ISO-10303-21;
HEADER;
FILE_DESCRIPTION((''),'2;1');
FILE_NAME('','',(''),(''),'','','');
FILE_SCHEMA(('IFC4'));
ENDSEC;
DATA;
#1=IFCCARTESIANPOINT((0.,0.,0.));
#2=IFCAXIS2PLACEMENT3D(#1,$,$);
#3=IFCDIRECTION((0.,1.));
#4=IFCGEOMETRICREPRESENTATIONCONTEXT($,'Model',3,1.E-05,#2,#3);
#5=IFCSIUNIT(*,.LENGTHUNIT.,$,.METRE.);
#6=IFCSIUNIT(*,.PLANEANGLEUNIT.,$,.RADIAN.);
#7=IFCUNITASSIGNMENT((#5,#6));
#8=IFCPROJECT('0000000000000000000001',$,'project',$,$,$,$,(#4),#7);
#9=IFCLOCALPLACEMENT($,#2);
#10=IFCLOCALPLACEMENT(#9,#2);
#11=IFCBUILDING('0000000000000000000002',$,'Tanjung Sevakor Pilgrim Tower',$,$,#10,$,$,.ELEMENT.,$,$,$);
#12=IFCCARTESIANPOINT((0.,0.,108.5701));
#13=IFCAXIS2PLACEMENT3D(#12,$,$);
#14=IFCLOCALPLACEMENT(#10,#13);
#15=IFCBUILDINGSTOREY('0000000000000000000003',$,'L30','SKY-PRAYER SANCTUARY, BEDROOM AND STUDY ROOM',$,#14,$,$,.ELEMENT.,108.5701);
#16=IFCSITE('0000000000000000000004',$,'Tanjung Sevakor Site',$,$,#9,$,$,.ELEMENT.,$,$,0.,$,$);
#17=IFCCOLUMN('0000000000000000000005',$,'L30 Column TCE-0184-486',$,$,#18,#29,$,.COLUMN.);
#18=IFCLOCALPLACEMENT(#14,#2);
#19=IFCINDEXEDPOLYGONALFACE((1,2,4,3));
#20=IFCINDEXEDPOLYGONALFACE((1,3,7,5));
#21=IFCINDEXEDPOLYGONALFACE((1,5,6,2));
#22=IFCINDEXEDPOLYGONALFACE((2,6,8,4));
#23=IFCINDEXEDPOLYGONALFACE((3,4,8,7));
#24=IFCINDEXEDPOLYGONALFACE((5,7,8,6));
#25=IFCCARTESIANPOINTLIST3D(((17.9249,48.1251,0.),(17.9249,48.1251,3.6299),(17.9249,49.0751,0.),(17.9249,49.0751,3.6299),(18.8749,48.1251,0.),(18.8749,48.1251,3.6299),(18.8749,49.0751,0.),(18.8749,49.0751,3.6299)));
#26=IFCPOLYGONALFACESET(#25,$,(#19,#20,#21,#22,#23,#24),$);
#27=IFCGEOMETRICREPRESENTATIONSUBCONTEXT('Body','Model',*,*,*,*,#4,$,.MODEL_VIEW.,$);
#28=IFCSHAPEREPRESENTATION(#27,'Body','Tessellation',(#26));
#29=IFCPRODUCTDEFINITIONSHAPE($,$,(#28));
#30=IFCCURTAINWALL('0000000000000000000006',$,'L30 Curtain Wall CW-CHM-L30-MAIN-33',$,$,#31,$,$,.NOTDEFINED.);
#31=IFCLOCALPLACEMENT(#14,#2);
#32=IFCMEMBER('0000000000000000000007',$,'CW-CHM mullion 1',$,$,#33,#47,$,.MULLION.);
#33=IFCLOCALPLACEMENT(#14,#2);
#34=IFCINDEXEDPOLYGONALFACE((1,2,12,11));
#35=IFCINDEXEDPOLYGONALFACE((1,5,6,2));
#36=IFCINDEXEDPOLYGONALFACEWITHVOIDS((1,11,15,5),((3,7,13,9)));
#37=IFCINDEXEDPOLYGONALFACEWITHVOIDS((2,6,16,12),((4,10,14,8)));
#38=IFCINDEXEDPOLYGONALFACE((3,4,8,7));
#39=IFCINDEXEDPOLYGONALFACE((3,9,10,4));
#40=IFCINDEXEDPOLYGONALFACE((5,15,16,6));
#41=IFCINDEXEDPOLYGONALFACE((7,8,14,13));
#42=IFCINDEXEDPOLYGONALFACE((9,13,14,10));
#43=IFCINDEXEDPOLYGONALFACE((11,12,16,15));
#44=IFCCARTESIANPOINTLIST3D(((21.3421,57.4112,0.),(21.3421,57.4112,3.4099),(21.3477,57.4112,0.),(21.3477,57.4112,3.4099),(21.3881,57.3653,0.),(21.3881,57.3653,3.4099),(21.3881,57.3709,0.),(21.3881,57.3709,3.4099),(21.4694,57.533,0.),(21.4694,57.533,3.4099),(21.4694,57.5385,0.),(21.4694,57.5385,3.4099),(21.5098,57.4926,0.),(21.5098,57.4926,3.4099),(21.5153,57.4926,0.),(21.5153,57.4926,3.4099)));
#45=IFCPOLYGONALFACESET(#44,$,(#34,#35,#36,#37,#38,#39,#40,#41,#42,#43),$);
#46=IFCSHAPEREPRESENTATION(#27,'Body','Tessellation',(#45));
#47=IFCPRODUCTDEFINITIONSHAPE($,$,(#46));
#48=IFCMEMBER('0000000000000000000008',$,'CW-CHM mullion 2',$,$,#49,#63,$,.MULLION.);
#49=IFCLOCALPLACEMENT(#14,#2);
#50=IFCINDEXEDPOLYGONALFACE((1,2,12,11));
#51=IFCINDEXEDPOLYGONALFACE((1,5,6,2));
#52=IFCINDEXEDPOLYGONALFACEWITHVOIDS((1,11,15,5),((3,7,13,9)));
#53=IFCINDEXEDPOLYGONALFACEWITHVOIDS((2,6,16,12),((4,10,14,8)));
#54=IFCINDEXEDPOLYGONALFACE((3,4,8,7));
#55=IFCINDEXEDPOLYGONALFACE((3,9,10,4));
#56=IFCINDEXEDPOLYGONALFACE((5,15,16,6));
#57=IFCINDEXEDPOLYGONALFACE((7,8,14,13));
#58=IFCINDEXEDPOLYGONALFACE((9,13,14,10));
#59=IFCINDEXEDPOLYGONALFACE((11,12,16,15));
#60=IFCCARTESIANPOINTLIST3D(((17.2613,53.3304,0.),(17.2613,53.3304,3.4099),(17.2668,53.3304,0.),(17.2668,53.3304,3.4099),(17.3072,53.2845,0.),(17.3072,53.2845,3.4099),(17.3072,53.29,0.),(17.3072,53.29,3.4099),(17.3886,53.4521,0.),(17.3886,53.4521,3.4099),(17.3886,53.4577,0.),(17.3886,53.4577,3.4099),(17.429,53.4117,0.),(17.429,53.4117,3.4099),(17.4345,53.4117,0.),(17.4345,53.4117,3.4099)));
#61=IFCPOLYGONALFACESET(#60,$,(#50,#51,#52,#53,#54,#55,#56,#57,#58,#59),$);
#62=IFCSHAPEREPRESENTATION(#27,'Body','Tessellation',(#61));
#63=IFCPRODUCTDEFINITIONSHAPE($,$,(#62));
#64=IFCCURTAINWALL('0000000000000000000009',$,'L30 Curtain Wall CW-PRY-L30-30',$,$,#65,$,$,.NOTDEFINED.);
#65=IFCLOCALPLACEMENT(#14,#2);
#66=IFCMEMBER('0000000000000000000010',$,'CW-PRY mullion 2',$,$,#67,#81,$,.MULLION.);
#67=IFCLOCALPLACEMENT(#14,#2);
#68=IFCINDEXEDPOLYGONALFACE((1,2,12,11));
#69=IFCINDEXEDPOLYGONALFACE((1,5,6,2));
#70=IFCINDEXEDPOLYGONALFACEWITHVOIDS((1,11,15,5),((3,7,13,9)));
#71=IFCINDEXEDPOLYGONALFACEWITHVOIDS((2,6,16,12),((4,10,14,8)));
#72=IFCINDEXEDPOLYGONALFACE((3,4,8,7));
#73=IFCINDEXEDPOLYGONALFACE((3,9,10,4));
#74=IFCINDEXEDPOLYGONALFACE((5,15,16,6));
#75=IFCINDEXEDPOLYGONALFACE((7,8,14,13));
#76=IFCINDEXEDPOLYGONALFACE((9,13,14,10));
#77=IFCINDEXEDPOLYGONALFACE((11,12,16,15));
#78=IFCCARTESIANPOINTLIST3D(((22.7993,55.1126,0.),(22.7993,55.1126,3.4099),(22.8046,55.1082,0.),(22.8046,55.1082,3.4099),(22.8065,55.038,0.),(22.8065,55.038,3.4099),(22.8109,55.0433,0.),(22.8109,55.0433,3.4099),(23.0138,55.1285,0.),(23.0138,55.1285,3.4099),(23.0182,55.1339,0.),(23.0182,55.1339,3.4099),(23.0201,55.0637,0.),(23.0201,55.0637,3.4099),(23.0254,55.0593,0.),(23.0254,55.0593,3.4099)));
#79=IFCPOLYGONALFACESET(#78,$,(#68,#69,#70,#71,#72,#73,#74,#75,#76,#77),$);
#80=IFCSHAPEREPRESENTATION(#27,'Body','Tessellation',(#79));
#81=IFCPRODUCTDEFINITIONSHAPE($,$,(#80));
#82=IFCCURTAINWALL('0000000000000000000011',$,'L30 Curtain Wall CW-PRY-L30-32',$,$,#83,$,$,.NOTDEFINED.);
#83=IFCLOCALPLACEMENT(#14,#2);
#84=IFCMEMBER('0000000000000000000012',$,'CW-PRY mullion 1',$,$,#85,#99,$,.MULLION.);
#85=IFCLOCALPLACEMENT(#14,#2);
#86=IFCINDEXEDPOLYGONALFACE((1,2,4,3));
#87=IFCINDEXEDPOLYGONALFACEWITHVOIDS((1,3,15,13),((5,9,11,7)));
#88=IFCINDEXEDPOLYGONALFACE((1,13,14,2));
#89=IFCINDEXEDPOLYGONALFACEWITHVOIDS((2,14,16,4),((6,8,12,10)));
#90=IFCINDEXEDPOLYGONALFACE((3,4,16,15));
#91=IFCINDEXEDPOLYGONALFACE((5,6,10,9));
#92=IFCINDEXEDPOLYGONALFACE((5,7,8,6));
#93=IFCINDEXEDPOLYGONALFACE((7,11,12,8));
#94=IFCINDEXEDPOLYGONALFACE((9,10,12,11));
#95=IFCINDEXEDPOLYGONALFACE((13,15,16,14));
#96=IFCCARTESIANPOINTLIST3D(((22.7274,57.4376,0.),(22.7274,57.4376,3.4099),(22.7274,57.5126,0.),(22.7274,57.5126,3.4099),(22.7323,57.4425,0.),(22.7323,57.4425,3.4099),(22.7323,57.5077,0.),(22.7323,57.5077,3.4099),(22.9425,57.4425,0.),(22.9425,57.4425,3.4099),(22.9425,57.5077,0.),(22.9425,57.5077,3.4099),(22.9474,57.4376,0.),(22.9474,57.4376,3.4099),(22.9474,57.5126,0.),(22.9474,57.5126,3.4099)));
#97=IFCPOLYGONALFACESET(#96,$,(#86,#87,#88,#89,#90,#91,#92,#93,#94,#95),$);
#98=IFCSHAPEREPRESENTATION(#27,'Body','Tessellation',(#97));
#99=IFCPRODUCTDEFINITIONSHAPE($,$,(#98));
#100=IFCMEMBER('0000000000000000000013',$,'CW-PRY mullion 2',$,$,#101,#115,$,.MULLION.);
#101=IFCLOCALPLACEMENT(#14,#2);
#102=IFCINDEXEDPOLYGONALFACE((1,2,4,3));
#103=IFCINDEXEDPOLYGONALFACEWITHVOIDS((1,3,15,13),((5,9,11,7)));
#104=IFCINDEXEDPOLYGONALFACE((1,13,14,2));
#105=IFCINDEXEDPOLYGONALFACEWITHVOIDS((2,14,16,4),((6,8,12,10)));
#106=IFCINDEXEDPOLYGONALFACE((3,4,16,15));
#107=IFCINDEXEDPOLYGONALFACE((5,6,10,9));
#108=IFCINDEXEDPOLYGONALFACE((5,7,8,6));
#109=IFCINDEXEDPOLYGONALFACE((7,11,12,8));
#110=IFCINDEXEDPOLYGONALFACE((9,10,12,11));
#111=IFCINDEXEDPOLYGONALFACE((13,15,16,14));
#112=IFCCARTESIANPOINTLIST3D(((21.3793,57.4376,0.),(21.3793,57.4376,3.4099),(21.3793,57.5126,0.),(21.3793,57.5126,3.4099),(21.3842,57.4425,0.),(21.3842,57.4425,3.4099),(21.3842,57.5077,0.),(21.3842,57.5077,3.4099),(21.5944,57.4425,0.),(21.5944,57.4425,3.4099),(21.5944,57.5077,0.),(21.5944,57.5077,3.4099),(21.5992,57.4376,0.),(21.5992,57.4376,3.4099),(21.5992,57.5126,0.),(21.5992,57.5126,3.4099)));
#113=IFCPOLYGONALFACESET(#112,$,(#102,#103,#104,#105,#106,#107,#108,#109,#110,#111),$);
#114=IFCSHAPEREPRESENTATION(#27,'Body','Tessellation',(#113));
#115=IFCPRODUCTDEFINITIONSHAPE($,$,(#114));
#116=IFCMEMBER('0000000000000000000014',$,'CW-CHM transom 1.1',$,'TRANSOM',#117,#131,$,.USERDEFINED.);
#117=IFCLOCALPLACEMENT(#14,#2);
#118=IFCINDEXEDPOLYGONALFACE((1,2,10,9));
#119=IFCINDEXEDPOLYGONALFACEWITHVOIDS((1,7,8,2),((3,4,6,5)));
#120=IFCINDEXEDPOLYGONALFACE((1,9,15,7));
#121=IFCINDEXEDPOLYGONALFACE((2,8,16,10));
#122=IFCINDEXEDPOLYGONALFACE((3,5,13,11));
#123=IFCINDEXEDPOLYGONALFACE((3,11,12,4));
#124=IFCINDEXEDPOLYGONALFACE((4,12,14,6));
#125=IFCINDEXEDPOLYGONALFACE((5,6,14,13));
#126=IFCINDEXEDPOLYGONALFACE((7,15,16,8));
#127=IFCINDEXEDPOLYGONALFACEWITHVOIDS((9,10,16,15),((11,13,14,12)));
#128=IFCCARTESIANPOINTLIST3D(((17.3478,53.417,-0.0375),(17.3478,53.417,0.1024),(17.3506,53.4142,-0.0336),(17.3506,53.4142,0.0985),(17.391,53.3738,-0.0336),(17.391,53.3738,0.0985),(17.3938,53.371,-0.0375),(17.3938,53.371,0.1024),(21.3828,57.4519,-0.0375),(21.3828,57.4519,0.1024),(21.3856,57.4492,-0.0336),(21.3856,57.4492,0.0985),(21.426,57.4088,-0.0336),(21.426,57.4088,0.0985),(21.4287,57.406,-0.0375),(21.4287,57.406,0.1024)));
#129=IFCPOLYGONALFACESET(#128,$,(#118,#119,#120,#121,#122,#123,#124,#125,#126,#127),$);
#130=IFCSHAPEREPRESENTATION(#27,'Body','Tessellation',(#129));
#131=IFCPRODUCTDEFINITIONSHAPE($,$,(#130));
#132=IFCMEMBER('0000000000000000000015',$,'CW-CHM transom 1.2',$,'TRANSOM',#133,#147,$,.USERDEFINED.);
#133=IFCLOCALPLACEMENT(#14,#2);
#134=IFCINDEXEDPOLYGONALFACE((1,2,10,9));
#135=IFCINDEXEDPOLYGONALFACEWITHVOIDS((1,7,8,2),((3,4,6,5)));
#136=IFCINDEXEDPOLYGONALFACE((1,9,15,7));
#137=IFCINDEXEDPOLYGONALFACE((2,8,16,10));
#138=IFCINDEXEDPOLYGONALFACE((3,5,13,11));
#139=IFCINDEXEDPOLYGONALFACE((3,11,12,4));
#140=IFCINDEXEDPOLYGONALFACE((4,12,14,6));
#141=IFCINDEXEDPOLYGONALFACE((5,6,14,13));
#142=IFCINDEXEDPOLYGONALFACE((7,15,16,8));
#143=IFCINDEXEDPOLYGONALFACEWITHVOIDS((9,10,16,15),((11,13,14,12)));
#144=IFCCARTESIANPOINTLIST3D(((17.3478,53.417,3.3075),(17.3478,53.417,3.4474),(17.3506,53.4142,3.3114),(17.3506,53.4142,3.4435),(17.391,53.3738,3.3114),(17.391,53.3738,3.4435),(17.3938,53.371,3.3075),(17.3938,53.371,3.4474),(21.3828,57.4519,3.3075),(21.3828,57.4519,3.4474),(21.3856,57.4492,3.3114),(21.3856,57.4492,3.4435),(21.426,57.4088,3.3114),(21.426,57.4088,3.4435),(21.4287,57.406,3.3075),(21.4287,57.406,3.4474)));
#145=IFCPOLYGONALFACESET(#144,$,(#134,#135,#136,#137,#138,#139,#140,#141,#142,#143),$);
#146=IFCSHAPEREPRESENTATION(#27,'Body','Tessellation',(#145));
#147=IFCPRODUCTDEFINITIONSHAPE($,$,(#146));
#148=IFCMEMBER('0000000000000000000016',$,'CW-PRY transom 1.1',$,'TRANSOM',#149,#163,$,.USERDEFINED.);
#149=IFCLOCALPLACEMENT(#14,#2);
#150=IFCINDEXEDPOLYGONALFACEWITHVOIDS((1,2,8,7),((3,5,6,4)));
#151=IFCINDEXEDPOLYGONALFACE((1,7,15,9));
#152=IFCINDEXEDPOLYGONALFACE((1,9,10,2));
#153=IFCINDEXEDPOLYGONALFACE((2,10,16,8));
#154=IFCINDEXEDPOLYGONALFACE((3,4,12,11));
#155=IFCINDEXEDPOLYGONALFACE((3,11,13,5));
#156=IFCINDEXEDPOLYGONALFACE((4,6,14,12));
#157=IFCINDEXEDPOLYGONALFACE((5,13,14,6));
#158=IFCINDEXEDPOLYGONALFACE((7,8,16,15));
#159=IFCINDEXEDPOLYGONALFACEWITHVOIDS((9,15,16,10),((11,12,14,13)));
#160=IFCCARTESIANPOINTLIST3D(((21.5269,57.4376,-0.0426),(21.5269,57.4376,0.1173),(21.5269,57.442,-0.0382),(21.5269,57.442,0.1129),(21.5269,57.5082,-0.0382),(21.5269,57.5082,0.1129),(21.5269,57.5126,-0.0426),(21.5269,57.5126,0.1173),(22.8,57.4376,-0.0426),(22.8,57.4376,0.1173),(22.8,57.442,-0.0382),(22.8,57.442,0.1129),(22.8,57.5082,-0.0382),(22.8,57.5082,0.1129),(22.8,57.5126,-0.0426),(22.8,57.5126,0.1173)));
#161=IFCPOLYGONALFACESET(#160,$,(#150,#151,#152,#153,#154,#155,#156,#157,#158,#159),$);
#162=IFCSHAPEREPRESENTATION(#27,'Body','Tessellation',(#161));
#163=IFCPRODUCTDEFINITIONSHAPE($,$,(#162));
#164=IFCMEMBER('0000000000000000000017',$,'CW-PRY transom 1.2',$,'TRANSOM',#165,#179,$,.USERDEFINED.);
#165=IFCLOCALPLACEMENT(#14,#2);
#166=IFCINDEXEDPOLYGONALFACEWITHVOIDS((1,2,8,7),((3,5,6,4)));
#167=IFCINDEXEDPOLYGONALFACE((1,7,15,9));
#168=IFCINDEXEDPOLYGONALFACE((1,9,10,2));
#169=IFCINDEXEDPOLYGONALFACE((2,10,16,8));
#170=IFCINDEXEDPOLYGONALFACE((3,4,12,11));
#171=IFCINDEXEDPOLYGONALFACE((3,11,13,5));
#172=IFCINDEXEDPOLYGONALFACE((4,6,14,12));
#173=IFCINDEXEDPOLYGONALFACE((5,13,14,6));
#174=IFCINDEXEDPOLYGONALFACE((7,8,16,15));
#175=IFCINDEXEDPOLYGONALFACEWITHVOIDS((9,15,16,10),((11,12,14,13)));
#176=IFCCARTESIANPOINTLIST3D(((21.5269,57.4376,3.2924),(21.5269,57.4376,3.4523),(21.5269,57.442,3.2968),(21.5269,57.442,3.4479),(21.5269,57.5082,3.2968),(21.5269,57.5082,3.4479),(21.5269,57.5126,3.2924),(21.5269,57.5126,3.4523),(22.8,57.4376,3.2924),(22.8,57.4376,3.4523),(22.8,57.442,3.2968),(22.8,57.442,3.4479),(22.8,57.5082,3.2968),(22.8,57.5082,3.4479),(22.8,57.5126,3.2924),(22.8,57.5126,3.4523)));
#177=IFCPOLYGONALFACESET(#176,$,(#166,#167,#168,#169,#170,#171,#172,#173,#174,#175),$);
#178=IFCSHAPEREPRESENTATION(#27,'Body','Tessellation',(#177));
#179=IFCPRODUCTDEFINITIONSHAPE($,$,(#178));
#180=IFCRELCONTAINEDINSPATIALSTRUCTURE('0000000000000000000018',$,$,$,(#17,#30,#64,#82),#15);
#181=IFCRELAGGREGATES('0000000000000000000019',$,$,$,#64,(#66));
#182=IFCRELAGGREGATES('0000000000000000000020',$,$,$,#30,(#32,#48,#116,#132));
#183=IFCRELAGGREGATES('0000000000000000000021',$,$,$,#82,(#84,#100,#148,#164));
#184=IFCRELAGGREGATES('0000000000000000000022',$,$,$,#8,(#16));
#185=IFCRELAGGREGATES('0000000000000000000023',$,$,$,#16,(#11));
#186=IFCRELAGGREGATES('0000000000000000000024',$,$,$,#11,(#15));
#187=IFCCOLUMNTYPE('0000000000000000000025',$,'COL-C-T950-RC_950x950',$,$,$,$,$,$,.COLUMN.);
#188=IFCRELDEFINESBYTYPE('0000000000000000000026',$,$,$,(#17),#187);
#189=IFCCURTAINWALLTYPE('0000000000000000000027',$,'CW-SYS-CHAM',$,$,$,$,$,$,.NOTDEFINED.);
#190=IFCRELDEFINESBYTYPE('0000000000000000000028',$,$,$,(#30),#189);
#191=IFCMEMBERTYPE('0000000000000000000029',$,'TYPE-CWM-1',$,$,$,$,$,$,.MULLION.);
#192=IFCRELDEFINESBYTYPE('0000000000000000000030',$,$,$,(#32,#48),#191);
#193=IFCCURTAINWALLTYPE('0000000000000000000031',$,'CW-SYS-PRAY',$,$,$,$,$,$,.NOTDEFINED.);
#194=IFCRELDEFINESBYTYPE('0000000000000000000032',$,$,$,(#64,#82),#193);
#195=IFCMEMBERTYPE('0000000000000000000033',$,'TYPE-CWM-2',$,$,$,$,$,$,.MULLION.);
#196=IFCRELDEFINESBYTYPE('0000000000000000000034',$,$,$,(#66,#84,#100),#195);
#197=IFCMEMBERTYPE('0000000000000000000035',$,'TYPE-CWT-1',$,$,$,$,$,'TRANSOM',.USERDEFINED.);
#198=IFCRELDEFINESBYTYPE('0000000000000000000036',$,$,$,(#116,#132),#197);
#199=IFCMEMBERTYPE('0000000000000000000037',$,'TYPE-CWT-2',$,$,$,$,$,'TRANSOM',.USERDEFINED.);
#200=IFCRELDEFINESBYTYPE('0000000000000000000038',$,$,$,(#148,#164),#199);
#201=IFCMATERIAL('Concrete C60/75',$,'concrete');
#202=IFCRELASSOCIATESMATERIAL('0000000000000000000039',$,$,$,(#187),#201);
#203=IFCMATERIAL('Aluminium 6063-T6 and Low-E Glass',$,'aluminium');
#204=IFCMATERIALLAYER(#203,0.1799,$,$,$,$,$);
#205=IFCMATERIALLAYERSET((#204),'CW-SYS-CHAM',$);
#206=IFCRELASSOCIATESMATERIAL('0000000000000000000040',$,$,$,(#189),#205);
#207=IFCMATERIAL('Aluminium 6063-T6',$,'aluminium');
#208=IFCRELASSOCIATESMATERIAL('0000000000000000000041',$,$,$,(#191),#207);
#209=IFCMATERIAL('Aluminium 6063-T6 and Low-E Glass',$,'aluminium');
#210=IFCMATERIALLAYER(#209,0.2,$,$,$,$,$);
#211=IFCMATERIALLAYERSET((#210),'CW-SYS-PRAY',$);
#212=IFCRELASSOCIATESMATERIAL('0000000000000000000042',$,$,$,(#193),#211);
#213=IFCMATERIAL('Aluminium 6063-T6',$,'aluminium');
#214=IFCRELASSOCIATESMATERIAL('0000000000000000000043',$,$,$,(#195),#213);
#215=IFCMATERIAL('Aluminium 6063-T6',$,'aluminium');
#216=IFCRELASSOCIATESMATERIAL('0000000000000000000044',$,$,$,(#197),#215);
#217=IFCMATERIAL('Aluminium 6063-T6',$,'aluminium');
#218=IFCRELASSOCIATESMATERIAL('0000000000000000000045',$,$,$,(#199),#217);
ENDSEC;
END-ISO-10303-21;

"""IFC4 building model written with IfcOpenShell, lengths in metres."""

from ifc_helpers import new_model, si_unit, direction, frame, origin, origin_2d, place, context, subcontext, project, spatial, rectangle, hollow_rectangle, extrude, material, layer, layer_set, material_profile, profile_set, type_object, element, aggregate, save


model = new_model("IFC4")

# Units and contexts
model_context = context("Model", 3, precision=1e-05, world=origin(), true_north=direction((0.0, 1.0)))
body_context = subcontext(model_context, "Body", "Model", "MODEL_VIEW")
ifc_project = project(units=[si_unit("LENGTHUNIT", "METRE"), si_unit("PLANEANGLEUNIT", "RADIAN")], contexts=[model_context])

# Site, building, storey
site_placement = place(None, origin())
site = spatial("IfcSite", under=ifc_project, at=site_placement, Name="Tanjung Sevakor Site", CompositionType="ELEMENT", RefElevation=0.0)
building_placement = place(site_placement, origin())
building = spatial("IfcBuilding", under=site, at=building_placement, Name="Tanjung Sevakor Pilgrim Tower", CompositionType="ELEMENT")
storey_placement = place(building_placement, frame((0.0, 0.0, 108.5701)))
storey = spatial("IfcBuildingStorey", under=building, at=storey_placement, Name="L30", Description="SKY-PRAYER SANCTUARY, BEDROOM AND STUDY ROOM", CompositionType="ELEMENT", Elevation=108.5701)

# Column
ifc_material_1 = material(Name="Concrete C60/75", Category="concrete")
ifc_material_profile_1 = material_profile(ifc_material_1, rectangle(XDim=0.95, YDim=0.95, at=origin_2d()))
ifc_profile_set_1 = profile_set([ifc_material_profile_1], Name="Concrete C60/75")
column_type = type_object("IfcColumnType", Name="COL-C-T950-RC_950x950", PredefinedType="COLUMN", material=ifc_profile_set_1)
column_placement = place(storey_placement, frame((18.3999, 48.6001, 0.0), z_axis=(0.0, 0.0, 1.0), x_axis=(1.0, 0.0, 0.0)))
element("IfcColumn", 1, at=column_placement, inside=storey, type_object=column_type, Name="L30 Column TCE-0184-486", PredefinedType="COLUMN", context=body_context, shape_type="SweptSolid", body=[
    extrude(rectangle(XDim=0.95, YDim=0.95, at=origin_2d()), origin(), (0.0, 0.0, 1.0), 3.6299),
])

# Curtain wall, members
ifc_material_2 = material(Name="Aluminium 6063-T6 and Low-E Glass", Category="aluminium")
ifc_layer_1 = layer(ifc_material_2, 0.1799)
ifc_layer_set_1 = layer_set([ifc_layer_1], Name="CW-SYS-CHAM")
curtain_wall_type_1 = type_object("IfcCurtainWallType", Name="CW-SYS-CHAM", PredefinedType="NOTDEFINED", material=ifc_layer_set_1)
curtain_wall_1_placement = place(storey_placement, origin())
curtain_wall_1 = element("IfcCurtainWall", 2, at=curtain_wall_1_placement, inside=storey, type_object=curtain_wall_type_1, Name="L30 Curtain Wall CW-CHM-L30-MAIN-33", PredefinedType="NOTDEFINED")
ifc_material_3 = material(Name="Aluminium 6063-T6", Category="aluminium")
ifc_material_profile_2 = material_profile(ifc_material_3, hollow_rectangle(XDim=0.0649, YDim=0.1799, WallThickness=0.0039, at=origin_2d()))
ifc_profile_set_2 = profile_set([ifc_material_profile_2], Name="Aluminium 6063-T6")
member_type_1 = type_object("IfcMemberType", Name="TYPE-CWM-1", PredefinedType="MULLION", material=ifc_profile_set_2)
member_1_placement = place(storey_placement, frame((21.4287, 57.4519, 0.0), z_axis=(0.0, 0.0, 1.0), x_axis=(0.707107, -0.707107, 0.0)))
member_1 = element("IfcMember", 3, at=member_1_placement, type_object=member_type_1, Name="CW-CHM mullion 1", PredefinedType="MULLION", context=body_context, shape_type="SweptSolid", body=[
    extrude(hollow_rectangle(XDim=0.0649, YDim=0.1799, WallThickness=0.0039, at=origin_2d()), origin(), (0.0, 0.0, 1.0), 3.4099),
])
member_2_placement = place(storey_placement, frame((17.3479, 53.3711, 0.0), z_axis=(0.0, 0.0, 1.0), x_axis=(0.707107, -0.707107, 0.0)))
member_2 = element("IfcMember", 4, at=member_2_placement, type_object=member_type_1, Name="CW-CHM mullion 2", PredefinedType="MULLION", context=body_context, shape_type="SweptSolid", body=[
    extrude(hollow_rectangle(XDim=0.0649, YDim=0.1799, WallThickness=0.0039, at=origin_2d()), origin(), (0.0, 0.0, 1.0), 3.4099),
])

# Curtain wall, member
ifc_material_4 = material(Name="Aluminium 6063-T6 and Low-E Glass", Category="aluminium")
ifc_layer_2 = layer(ifc_material_4, 0.2)
ifc_layer_set_2 = layer_set([ifc_layer_2], Name="CW-SYS-PRAY")
curtain_wall_type_2 = type_object("IfcCurtainWallType", Name="CW-SYS-PRAY", PredefinedType="NOTDEFINED", material=ifc_layer_set_2)
curtain_wall_2_placement = place(storey_placement, origin())
curtain_wall_2 = element("IfcCurtainWall", 5, at=curtain_wall_2_placement, inside=storey, type_object=curtain_wall_type_2, Name="L30 Curtain Wall CW-PRY-L30-30", PredefinedType="NOTDEFINED")
ifc_material_5 = material(Name="Aluminium 6063-T6", Category="aluminium")
ifc_material_profile_3 = material_profile(ifc_material_5, hollow_rectangle(XDim=0.075, YDim=0.22, WallThickness=0.0049, at=origin_2d()))
ifc_profile_set_3 = profile_set([ifc_material_profile_3], Name="Aluminium 6063-T6")
member_type_2 = type_object("IfcMemberType", Name="TYPE-CWM-2", PredefinedType="MULLION", material=ifc_profile_set_3)
member_3_placement = place(storey_placement, frame((22.9124, 55.0859, 0.0), z_axis=(0.0, 0.0, 1.0), x_axis=(0.096626, -0.995321, 0.0)))
member_3 = element("IfcMember", 6, at=member_3_placement, type_object=member_type_2, Name="CW-PRY mullion 2", PredefinedType="MULLION", context=body_context, shape_type="SweptSolid", body=[
    extrude(hollow_rectangle(XDim=0.075, YDim=0.22, WallThickness=0.0049, at=origin_2d()), origin(), (0.0, 0.0, 1.0), 3.4099),
])
aggregate(curtain_wall_2, [member_3])

# Curtain wall, members
curtain_wall_3_placement = place(storey_placement, origin())
curtain_wall_3 = element("IfcCurtainWall", 7, at=curtain_wall_3_placement, inside=storey, type_object=curtain_wall_type_2, Name="L30 Curtain Wall CW-PRY-L30-32", PredefinedType="NOTDEFINED")
member_4_placement = place(storey_placement, frame((22.8374, 57.4751, 0.0), z_axis=(0.0, 0.0, 1.0), x_axis=(0.0, -1.0, 0.0)))
member_4 = element("IfcMember", 8, at=member_4_placement, type_object=member_type_2, Name="CW-PRY mullion 1", PredefinedType="MULLION", context=body_context, shape_type="SweptSolid", body=[
    extrude(hollow_rectangle(XDim=0.075, YDim=0.22, WallThickness=0.0049, at=origin_2d()), origin(), (0.0, 0.0, 1.0), 3.4099),
])
member_5_placement = place(storey_placement, frame((21.4893, 57.4751, 0.0), z_axis=(0.0, 0.0, 1.0), x_axis=(0.0, -1.0, 0.0)))
member_5 = element("IfcMember", 9, at=member_5_placement, type_object=member_type_2, Name="CW-PRY mullion 2", PredefinedType="MULLION", context=body_context, shape_type="SweptSolid", body=[
    extrude(hollow_rectangle(XDim=0.075, YDim=0.22, WallThickness=0.0049, at=origin_2d()), origin(), (0.0, 0.0, 1.0), 3.4099),
])

# Members
ifc_material_6 = material(Name="Aluminium 6063-T6", Category="aluminium")
ifc_material_profile_4 = material_profile(ifc_material_6, hollow_rectangle(XDim=0.0649, YDim=0.1399, WallThickness=0.0039, at=origin_2d()))
ifc_profile_set_4 = profile_set([ifc_material_profile_4], Name="Aluminium 6063-T6")
member_type_3 = type_object("IfcMemberType", Name="TYPE-CWT-1", ElementType="TRANSOM", PredefinedType="USERDEFINED", material=ifc_profile_set_4)
member_6_placement = place(storey_placement, frame((21.4058, 57.429, 0.0325), z_axis=(-0.707107, -0.707107, 0.0), x_axis=(0.707107, -0.707107, 0.0)))
member_6 = element("IfcMember", 10, at=member_6_placement, type_object=member_type_3, Name="CW-CHM transom 1.1", ObjectType="TRANSOM", PredefinedType="USERDEFINED", context=body_context, shape_type="SweptSolid", body=[
    extrude(hollow_rectangle(XDim=0.0649, YDim=0.1399, WallThickness=0.0039, at=origin_2d()), origin(), (0.0, 0.0, 1.0), 5.7063),
])
member_7_placement = place(storey_placement, frame((21.4058, 57.429, 3.3774), z_axis=(-0.707107, -0.707107, 0.0), x_axis=(0.707107, -0.707107, 0.0)))
member_7 = element("IfcMember", 11, at=member_7_placement, type_object=member_type_3, Name="CW-CHM transom 1.2", ObjectType="TRANSOM", PredefinedType="USERDEFINED", context=body_context, shape_type="SweptSolid", body=[
    extrude(hollow_rectangle(XDim=0.0649, YDim=0.1399, WallThickness=0.0039, at=origin_2d()), origin(), (0.0, 0.0, 1.0), 5.7063),
])
ifc_material_7 = material(Name="Aluminium 6063-T6", Category="aluminium")
ifc_material_profile_5 = material_profile(ifc_material_7, hollow_rectangle(XDim=0.075, YDim=0.1599, WallThickness=0.0044, at=origin_2d()))
ifc_profile_set_5 = profile_set([ifc_material_profile_5], Name="Aluminium 6063-T6")
member_type_4 = type_object("IfcMemberType", Name="TYPE-CWT-2", ElementType="TRANSOM", PredefinedType="USERDEFINED", material=ifc_profile_set_5)
member_8_placement = place(storey_placement, frame((22.8, 57.4751, 0.0374), z_axis=(-1.0, 0.0, 0.0), x_axis=(0.0, -1.0, 0.0)))
member_8 = element("IfcMember", 12, at=member_8_placement, type_object=member_type_4, Name="CW-PRY transom 1.1", ObjectType="TRANSOM", PredefinedType="USERDEFINED", context=body_context, shape_type="SweptSolid", body=[
    extrude(hollow_rectangle(XDim=0.075, YDim=0.1599, WallThickness=0.0044, at=origin_2d()), origin(), (0.0, 0.0, 1.0), 1.2732),
])
member_9_placement = place(storey_placement, frame((22.8, 57.4751, 3.3723), z_axis=(-1.0, 0.0, 0.0), x_axis=(0.0, -1.0, 0.0)))
member_9 = element("IfcMember", 13, at=member_9_placement, type_object=member_type_4, Name="CW-PRY transom 1.2", ObjectType="TRANSOM", PredefinedType="USERDEFINED", context=body_context, shape_type="SweptSolid", body=[
    extrude(hollow_rectangle(XDim=0.075, YDim=0.1599, WallThickness=0.0044, at=origin_2d()), origin(), (0.0, 0.0, 1.0), 1.2732),
])

aggregate(curtain_wall_1, [member_1, member_2, member_6, member_7])
aggregate(curtain_wall_3, [member_4, member_5, member_8, member_9])

save(model, "model.ifc")
